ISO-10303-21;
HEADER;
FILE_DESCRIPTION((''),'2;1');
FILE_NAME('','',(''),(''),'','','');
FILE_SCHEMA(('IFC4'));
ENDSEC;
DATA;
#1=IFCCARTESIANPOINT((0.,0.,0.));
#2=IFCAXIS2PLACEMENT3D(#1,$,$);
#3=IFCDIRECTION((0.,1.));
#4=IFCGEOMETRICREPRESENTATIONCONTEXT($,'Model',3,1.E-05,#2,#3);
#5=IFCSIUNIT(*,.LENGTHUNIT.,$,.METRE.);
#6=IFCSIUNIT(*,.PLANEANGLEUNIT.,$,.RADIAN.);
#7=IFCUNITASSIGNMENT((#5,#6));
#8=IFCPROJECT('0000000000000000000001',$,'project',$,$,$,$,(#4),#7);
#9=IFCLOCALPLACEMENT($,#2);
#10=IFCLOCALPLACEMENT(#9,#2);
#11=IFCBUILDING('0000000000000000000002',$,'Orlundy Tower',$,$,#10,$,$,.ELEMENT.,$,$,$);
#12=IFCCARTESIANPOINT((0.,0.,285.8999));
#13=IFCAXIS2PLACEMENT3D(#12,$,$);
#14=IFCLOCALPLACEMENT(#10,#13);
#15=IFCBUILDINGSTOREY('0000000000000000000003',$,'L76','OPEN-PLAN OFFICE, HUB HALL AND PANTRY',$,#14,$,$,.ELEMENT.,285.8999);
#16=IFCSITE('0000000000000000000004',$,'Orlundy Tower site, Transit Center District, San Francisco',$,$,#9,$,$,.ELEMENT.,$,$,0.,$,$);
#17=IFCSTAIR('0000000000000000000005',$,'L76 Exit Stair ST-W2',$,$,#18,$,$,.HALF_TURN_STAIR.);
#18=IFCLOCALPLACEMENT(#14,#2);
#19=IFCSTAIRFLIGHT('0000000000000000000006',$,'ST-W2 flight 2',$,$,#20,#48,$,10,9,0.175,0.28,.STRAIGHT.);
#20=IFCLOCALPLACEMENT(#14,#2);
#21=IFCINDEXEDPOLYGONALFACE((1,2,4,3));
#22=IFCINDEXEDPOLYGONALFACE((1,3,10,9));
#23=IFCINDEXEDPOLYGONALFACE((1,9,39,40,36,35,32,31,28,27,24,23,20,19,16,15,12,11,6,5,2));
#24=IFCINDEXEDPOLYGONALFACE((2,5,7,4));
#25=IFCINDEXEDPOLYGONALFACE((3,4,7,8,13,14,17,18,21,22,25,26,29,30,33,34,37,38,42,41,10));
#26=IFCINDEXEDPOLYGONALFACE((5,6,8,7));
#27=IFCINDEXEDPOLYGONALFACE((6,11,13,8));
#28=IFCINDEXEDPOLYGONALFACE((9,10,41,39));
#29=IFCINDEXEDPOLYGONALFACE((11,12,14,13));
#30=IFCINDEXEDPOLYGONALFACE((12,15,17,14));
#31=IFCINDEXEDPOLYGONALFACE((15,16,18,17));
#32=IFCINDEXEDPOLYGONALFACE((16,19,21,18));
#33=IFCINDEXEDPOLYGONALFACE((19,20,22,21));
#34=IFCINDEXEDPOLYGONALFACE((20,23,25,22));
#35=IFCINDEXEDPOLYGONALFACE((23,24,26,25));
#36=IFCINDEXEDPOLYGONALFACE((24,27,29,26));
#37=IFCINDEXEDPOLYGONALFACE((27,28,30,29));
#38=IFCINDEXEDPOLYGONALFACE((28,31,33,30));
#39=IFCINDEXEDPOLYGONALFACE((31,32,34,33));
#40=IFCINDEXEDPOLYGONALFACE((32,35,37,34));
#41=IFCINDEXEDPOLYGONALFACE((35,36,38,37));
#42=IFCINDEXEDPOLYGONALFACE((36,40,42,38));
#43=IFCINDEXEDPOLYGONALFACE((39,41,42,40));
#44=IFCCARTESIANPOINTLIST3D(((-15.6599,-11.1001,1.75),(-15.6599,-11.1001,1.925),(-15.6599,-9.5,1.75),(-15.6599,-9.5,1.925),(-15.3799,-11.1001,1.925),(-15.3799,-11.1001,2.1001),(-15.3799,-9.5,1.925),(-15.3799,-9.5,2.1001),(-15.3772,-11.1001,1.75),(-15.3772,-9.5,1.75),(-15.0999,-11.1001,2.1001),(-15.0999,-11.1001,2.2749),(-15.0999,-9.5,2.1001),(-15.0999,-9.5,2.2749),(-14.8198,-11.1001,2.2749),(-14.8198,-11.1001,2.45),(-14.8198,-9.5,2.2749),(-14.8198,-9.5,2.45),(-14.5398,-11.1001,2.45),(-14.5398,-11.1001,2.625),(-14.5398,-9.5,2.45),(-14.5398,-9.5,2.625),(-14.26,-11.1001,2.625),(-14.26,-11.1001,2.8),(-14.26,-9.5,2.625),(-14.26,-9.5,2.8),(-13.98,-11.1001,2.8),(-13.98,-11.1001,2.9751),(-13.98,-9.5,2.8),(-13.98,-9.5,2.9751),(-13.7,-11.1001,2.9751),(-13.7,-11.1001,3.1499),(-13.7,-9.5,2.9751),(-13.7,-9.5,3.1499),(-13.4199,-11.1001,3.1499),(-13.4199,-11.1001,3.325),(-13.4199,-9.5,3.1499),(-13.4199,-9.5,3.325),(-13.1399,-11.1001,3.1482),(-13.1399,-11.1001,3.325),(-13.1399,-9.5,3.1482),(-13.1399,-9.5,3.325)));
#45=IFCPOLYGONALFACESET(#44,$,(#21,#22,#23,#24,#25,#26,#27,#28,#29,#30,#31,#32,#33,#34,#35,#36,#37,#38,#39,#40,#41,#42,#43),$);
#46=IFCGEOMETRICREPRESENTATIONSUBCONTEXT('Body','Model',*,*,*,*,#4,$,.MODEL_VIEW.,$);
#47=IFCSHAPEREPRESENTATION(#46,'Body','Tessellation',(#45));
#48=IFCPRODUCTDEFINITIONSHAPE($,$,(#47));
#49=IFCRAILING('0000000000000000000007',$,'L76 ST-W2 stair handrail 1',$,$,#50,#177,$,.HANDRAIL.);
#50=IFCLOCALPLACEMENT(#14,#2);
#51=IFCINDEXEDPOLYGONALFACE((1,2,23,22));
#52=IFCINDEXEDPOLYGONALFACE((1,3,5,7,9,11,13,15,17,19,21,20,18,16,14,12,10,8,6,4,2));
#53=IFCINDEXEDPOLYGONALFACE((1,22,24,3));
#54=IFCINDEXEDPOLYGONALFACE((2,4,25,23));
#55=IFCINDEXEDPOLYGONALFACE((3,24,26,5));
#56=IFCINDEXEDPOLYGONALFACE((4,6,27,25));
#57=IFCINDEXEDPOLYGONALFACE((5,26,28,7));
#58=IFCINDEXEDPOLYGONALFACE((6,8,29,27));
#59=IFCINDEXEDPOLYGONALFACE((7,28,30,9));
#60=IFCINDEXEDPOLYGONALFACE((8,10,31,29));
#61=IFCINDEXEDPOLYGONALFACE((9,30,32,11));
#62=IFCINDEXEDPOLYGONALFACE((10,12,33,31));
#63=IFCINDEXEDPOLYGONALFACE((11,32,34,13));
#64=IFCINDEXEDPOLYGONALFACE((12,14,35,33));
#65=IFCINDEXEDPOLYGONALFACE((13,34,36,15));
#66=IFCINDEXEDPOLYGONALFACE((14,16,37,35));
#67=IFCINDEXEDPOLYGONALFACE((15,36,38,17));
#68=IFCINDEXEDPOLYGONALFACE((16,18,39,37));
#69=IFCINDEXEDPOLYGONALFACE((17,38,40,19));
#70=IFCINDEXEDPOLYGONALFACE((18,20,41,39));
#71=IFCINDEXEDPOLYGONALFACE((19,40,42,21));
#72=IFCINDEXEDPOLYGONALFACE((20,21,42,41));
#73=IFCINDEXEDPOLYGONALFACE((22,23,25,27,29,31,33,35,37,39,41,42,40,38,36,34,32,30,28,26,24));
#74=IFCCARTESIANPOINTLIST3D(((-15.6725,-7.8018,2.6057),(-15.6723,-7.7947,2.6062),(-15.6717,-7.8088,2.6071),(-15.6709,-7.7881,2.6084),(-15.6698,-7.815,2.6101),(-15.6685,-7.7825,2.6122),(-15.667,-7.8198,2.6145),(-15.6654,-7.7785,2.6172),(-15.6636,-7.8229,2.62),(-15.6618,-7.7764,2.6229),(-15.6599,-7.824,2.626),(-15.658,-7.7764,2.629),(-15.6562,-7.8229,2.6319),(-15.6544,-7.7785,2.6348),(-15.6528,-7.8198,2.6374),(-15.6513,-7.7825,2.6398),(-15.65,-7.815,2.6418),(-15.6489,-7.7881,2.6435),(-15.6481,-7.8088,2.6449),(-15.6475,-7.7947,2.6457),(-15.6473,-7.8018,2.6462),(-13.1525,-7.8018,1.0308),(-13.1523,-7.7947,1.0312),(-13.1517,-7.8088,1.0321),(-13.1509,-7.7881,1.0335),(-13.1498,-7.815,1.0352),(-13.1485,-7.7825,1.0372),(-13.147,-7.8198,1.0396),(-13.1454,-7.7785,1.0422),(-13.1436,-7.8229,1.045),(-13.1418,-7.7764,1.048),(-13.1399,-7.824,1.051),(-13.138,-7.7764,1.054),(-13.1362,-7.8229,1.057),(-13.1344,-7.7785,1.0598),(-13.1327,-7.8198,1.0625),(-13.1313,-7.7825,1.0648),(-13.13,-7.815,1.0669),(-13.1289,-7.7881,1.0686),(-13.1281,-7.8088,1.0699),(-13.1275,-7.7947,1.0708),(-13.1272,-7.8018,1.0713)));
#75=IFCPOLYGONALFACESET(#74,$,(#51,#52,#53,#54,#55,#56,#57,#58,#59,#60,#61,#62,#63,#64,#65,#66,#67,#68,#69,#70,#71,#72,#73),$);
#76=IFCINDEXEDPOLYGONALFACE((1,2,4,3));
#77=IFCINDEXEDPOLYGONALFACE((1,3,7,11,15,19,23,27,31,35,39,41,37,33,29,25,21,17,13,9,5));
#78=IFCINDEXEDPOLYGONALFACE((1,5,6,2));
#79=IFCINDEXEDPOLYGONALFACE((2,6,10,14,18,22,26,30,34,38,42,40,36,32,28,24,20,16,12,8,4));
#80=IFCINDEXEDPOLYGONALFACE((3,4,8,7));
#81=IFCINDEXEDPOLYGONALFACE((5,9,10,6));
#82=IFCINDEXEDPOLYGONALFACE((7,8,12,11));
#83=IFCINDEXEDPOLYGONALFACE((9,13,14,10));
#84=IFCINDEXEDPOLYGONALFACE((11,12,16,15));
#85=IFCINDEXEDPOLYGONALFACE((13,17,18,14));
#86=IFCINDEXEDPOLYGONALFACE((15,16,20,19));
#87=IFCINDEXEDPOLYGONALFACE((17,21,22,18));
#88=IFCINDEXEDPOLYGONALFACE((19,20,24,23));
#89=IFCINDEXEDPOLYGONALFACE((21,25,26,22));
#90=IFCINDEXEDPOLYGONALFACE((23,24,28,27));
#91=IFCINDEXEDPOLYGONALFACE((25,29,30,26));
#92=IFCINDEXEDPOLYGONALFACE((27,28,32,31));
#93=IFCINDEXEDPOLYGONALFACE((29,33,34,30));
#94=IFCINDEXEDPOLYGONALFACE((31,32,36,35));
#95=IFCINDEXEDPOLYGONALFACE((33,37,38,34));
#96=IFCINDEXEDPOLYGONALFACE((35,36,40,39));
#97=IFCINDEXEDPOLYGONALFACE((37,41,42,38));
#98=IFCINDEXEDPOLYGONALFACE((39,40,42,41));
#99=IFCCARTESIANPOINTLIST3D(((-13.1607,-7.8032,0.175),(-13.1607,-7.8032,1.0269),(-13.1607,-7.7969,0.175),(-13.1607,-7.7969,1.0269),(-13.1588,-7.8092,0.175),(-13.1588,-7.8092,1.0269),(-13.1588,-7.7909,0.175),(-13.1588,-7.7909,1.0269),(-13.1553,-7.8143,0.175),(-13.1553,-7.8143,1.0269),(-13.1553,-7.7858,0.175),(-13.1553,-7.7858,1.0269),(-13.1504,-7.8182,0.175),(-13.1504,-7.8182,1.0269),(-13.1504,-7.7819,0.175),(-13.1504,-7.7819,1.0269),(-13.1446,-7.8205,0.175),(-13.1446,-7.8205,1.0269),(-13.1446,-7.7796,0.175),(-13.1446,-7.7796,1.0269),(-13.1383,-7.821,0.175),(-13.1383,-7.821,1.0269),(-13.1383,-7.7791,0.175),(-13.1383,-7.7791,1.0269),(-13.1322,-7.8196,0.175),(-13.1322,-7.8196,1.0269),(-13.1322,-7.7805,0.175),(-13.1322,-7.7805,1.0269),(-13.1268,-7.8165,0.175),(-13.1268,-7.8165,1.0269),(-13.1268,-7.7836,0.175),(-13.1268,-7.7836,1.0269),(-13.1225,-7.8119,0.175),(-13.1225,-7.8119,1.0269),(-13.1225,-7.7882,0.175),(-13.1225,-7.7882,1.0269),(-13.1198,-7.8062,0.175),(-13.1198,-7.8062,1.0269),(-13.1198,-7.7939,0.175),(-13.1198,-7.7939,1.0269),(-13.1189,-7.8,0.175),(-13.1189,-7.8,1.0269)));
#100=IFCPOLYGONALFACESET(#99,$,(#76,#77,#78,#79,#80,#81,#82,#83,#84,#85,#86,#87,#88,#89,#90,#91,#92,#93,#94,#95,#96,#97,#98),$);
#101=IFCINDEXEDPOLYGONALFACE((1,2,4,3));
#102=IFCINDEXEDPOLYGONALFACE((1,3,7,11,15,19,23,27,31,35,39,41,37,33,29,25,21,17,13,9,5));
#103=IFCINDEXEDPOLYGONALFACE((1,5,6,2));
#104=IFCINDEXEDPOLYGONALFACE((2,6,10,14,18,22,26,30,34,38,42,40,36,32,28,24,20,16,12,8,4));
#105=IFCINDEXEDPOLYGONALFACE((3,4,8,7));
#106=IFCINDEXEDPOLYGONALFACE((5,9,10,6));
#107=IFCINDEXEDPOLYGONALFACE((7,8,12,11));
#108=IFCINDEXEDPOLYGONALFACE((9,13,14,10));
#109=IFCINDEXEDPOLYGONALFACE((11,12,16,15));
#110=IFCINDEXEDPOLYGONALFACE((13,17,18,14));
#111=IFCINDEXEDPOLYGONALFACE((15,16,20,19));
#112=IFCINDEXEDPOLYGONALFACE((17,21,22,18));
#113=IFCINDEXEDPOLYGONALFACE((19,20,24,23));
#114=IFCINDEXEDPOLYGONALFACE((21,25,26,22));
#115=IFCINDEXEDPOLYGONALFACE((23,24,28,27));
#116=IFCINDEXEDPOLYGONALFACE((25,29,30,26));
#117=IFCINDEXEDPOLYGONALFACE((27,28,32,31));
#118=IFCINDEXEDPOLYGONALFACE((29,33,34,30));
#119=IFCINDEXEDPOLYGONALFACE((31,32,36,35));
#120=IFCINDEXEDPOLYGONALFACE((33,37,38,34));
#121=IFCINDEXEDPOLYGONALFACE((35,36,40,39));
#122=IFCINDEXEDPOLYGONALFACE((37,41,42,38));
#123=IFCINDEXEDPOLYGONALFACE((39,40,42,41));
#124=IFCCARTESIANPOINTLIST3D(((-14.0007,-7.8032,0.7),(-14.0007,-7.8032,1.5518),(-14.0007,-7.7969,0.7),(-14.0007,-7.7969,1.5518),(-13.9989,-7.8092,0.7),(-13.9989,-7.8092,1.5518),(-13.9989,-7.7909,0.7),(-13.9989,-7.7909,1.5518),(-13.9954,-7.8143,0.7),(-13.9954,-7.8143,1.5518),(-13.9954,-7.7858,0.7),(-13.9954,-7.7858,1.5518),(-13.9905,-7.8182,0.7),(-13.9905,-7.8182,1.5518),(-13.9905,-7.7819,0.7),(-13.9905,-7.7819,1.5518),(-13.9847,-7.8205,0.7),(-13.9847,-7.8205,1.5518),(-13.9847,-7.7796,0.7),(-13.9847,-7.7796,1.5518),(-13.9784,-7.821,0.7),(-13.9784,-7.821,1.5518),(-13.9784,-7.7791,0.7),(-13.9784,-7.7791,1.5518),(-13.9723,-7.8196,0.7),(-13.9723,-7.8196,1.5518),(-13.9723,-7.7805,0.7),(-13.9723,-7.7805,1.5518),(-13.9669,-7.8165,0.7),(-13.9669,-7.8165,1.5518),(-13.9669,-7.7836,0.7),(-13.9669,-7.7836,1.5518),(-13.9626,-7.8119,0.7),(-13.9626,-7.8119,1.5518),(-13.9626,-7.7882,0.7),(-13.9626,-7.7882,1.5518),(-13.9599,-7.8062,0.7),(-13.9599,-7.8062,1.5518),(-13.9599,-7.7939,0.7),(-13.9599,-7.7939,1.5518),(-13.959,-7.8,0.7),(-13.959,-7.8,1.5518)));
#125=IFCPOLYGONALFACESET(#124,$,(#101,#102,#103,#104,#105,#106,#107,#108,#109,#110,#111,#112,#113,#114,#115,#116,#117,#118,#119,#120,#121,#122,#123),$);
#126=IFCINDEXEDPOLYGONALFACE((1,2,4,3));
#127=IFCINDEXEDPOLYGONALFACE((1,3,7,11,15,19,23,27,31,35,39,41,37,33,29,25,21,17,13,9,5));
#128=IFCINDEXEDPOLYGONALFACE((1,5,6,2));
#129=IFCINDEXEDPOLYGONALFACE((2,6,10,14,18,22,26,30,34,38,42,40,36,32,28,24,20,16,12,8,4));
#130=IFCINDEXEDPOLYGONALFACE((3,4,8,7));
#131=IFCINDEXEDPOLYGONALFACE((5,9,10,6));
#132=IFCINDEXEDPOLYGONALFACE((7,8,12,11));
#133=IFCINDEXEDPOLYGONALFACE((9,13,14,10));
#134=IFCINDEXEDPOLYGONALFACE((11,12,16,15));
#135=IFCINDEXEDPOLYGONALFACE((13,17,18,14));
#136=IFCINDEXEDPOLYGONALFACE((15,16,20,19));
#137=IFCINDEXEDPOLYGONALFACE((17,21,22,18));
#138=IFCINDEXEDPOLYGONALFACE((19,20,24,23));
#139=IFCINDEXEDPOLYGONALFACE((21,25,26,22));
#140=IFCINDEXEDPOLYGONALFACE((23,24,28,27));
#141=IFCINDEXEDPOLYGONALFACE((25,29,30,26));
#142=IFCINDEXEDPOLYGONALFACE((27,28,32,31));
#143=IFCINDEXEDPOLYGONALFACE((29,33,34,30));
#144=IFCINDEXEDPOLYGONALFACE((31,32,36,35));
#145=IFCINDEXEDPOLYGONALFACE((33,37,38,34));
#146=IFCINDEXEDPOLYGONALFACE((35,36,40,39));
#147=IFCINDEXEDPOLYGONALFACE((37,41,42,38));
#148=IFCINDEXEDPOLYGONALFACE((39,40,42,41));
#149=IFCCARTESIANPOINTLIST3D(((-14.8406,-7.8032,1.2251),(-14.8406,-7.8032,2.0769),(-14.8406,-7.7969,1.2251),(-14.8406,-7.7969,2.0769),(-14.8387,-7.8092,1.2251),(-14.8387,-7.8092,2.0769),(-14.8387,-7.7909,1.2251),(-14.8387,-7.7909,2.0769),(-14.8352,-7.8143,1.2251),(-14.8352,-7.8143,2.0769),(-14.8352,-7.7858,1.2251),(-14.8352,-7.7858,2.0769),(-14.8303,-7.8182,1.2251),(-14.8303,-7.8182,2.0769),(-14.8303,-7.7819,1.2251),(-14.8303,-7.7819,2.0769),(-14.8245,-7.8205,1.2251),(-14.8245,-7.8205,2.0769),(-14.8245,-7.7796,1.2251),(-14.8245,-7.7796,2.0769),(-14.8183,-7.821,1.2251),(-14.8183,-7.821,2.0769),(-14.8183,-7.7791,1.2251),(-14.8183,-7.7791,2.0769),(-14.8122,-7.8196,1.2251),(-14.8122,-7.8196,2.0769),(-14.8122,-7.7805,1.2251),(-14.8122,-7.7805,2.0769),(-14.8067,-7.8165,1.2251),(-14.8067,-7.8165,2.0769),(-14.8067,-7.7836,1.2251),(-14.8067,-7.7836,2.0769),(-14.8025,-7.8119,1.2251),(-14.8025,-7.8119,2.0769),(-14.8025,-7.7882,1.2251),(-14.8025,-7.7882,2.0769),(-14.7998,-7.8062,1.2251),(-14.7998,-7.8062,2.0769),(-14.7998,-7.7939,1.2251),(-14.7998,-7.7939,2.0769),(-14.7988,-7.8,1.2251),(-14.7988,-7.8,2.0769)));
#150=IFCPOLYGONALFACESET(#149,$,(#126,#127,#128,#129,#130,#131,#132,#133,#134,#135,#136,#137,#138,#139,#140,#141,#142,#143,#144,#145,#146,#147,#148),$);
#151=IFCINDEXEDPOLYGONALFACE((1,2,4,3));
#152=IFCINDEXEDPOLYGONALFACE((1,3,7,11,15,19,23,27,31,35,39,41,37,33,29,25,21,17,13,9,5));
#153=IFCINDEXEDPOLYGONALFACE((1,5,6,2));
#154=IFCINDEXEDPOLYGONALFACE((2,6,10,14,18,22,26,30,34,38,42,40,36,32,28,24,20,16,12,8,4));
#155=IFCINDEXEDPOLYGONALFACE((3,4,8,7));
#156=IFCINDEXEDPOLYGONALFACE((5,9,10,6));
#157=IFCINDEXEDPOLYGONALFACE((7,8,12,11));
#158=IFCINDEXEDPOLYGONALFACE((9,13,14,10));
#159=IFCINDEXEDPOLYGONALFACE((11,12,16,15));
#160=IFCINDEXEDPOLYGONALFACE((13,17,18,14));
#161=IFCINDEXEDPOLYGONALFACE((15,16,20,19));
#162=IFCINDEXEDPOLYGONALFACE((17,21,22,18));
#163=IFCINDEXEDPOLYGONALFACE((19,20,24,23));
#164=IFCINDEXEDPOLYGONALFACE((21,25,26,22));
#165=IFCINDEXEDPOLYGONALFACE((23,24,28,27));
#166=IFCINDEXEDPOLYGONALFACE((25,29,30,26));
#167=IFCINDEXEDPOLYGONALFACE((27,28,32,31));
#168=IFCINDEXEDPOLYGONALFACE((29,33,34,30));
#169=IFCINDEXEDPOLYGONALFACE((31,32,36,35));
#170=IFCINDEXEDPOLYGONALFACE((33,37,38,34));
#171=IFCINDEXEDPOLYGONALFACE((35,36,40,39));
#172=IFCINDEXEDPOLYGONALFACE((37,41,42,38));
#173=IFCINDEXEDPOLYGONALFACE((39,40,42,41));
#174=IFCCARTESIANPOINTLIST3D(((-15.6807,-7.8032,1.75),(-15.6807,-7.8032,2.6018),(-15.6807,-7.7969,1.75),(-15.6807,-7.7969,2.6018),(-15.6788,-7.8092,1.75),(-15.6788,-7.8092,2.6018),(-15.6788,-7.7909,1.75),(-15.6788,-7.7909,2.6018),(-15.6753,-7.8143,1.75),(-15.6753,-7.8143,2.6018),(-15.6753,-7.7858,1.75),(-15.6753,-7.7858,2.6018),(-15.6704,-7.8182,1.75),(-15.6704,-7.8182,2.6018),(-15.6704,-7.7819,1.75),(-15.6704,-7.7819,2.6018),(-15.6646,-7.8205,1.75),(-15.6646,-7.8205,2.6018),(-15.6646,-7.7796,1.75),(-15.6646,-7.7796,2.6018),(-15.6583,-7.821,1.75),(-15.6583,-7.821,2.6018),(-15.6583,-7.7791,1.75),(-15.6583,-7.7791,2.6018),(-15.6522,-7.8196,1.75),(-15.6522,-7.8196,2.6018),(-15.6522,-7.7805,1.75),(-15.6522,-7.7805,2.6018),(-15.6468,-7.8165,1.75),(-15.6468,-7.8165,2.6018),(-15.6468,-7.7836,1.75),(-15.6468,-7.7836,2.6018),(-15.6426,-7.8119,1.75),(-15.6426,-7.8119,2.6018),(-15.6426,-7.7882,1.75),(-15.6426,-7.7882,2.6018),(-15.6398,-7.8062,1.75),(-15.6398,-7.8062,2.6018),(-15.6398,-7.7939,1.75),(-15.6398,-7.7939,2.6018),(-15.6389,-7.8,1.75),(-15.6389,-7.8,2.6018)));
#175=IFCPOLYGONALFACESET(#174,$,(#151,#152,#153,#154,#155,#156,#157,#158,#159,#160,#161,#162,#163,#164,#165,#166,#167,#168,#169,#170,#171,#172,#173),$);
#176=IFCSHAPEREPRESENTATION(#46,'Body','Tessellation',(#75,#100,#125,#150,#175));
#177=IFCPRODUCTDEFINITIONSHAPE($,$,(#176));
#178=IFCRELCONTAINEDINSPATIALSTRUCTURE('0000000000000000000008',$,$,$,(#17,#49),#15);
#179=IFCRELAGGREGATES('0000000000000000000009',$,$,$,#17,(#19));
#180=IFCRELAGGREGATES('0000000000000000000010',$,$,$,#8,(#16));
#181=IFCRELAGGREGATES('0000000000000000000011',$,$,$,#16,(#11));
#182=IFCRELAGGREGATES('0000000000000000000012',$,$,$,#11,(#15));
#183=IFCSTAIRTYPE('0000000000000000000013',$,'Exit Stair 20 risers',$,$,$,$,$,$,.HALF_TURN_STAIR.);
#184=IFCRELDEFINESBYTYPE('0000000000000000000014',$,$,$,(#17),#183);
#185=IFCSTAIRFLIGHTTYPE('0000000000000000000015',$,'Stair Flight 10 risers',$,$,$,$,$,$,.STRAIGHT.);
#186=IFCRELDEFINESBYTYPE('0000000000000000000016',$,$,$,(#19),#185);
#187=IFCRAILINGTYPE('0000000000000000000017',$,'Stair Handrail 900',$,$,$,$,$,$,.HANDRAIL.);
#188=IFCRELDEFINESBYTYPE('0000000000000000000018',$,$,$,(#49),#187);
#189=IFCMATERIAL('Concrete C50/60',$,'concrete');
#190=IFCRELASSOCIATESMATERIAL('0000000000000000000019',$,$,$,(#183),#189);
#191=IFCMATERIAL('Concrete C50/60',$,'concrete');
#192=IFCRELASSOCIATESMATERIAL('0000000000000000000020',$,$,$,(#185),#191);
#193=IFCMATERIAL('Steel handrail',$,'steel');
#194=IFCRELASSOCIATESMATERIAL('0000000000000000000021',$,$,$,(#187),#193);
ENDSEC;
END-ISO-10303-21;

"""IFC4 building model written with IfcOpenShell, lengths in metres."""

from ifc_helpers import new_model, si_unit, direction, frame, origin, origin_2d, place, context, subcontext, project, spatial, polyline, circle, outline, extrude, material, type_object, element, aggregate, save


model = new_model("IFC4")

# Units and contexts
model_context = context("Model", 3, precision=1e-05, world=origin(), true_north=direction((0.0, 1.0)))
body_context = subcontext(model_context, "Body", "Model", "MODEL_VIEW")
ifc_project = project(units=[si_unit("LENGTHUNIT", "METRE"), si_unit("PLANEANGLEUNIT", "RADIAN")], contexts=[model_context])

# Site, building, storey
site_placement = place(None, origin())
site = spatial("IfcSite", under=ifc_project, at=site_placement, Name="Orlundy Tower site, Transit Center District, San Francisco", CompositionType="ELEMENT", RefElevation=0.0)
building_placement = place(site_placement, origin())
building = spatial("IfcBuilding", under=site, at=building_placement, Name="Orlundy Tower", CompositionType="ELEMENT")
storey_placement = place(building_placement, frame((0.0, 0.0, 285.8999)))
storey = spatial("IfcBuildingStorey", under=building, at=storey_placement, Name="L76", Description="OPEN-PLAN OFFICE, HUB HALL AND PANTRY", CompositionType="ELEMENT", Elevation=285.8999)

# Stair, stair flight
ifc_material_1 = material(Name="Concrete C50/60", Category="concrete")
stair_type = type_object("IfcStairType", Name="Exit Stair 20 risers", PredefinedType="HALF_TURN_STAIR", material=ifc_material_1)
stair_placement = place(storey_placement, origin())
stair = element("IfcStair", 1, at=stair_placement, inside=storey, type_object=stair_type, Name="L76 Exit Stair ST-W2", PredefinedType="HALF_TURN_STAIR")
ifc_material_2 = material(Name="Concrete C50/60", Category="concrete")
stair_flight_type = type_object("IfcStairFlightType", Name="Stair Flight 10 risers", PredefinedType="STRAIGHT", material=ifc_material_2)
stair_flight_1_placement = place(storey_placement, frame((-15.6599, -10.3, 1.75), z_axis=(0.0, 0.0, 1.0), x_axis=(1.0, 0.0, 0.0)))
stair_flight_1 = element("IfcStairFlight", 2, at=stair_flight_1_placement, type_object=stair_flight_type, Name="ST-W2 flight 2", NumberOfRisers=10, NumberOfTreads=9, PredefinedType="STRAIGHT", RiserHeight=0.175, TreadLength=0.28, context=body_context, shape_type="SweptSolid", body=[
    extrude(outline(polyline([(0.0, 0.0), (0.0, 0.175), (0.28, 0.175), (0.28, 0.3501), (0.5601, 0.3501), (0.5601, 0.5249), (0.8401, 0.5249), (0.8401, 0.7), (1.1201, 0.7), (1.1201, 0.875), (1.3999, 0.875), (1.3999, 1.05), (1.6799, 1.05), (1.6799, 1.2251), (1.96, 1.2251), (1.96, 1.3999), (2.24, 1.3999), (2.24, 1.575), (2.52, 1.575), (2.52, 1.75), (2.52, 1.3982), (0.2827, 0.0), (0.0, 0.0)])), frame((0.0, 0.8, 0.0), z_axis=(0.0, -1.0, 0.0), x_axis=(1.0, 0.0, 0.0)), (0.0, 0.0, 1.0), 1.6001),
])
aggregate(stair, [stair_flight_1])

# Railing
ifc_material_3 = material(Name="Steel handrail", Category="steel")
railing_type_1 = type_object("IfcRailingType", Name="Stair Handrail 900", PredefinedType="HANDRAIL", material=ifc_material_3)
railing_1_placement = place(storey_placement, frame((-13.1399, -7.8, 0.175)))
element("IfcRailing", 3, at=railing_1_placement, inside=storey, type_object=railing_type_1, Name="L76 ST-W2 stair handrail 1", PredefinedType="HANDRAIL", context=body_context, shape_type="SweptSolid", body=[
    extrude(circle(Radius=0.0239, at=origin_2d()), frame((0.0, 0.0, 0.876), z_axis=(-0.848008, 0.0, 0.529984), x_axis=(0.0, -1.0, 0.0)), (0.0, 0.0, 1.0), 2.9717),
    extrude(circle(Radius=0.021, at=origin_2d()), origin(), (0.0, 0.0, 1.0), 0.8518),
    extrude(circle(Radius=0.021, at=origin_2d()), frame((-0.8401, 0.0, 0.5249)), (0.0, 0.0, 1.0), 0.8518),
    extrude(circle(Radius=0.021, at=origin_2d()), frame((-1.6799, 0.0, 1.05)), (0.0, 0.0, 1.0), 0.8518),
    extrude(circle(Radius=0.021, at=origin_2d()), frame((-2.52, 0.0, 1.575)), (0.0, 0.0, 1.0), 0.8518),
])

save(model, "model.ifc")
